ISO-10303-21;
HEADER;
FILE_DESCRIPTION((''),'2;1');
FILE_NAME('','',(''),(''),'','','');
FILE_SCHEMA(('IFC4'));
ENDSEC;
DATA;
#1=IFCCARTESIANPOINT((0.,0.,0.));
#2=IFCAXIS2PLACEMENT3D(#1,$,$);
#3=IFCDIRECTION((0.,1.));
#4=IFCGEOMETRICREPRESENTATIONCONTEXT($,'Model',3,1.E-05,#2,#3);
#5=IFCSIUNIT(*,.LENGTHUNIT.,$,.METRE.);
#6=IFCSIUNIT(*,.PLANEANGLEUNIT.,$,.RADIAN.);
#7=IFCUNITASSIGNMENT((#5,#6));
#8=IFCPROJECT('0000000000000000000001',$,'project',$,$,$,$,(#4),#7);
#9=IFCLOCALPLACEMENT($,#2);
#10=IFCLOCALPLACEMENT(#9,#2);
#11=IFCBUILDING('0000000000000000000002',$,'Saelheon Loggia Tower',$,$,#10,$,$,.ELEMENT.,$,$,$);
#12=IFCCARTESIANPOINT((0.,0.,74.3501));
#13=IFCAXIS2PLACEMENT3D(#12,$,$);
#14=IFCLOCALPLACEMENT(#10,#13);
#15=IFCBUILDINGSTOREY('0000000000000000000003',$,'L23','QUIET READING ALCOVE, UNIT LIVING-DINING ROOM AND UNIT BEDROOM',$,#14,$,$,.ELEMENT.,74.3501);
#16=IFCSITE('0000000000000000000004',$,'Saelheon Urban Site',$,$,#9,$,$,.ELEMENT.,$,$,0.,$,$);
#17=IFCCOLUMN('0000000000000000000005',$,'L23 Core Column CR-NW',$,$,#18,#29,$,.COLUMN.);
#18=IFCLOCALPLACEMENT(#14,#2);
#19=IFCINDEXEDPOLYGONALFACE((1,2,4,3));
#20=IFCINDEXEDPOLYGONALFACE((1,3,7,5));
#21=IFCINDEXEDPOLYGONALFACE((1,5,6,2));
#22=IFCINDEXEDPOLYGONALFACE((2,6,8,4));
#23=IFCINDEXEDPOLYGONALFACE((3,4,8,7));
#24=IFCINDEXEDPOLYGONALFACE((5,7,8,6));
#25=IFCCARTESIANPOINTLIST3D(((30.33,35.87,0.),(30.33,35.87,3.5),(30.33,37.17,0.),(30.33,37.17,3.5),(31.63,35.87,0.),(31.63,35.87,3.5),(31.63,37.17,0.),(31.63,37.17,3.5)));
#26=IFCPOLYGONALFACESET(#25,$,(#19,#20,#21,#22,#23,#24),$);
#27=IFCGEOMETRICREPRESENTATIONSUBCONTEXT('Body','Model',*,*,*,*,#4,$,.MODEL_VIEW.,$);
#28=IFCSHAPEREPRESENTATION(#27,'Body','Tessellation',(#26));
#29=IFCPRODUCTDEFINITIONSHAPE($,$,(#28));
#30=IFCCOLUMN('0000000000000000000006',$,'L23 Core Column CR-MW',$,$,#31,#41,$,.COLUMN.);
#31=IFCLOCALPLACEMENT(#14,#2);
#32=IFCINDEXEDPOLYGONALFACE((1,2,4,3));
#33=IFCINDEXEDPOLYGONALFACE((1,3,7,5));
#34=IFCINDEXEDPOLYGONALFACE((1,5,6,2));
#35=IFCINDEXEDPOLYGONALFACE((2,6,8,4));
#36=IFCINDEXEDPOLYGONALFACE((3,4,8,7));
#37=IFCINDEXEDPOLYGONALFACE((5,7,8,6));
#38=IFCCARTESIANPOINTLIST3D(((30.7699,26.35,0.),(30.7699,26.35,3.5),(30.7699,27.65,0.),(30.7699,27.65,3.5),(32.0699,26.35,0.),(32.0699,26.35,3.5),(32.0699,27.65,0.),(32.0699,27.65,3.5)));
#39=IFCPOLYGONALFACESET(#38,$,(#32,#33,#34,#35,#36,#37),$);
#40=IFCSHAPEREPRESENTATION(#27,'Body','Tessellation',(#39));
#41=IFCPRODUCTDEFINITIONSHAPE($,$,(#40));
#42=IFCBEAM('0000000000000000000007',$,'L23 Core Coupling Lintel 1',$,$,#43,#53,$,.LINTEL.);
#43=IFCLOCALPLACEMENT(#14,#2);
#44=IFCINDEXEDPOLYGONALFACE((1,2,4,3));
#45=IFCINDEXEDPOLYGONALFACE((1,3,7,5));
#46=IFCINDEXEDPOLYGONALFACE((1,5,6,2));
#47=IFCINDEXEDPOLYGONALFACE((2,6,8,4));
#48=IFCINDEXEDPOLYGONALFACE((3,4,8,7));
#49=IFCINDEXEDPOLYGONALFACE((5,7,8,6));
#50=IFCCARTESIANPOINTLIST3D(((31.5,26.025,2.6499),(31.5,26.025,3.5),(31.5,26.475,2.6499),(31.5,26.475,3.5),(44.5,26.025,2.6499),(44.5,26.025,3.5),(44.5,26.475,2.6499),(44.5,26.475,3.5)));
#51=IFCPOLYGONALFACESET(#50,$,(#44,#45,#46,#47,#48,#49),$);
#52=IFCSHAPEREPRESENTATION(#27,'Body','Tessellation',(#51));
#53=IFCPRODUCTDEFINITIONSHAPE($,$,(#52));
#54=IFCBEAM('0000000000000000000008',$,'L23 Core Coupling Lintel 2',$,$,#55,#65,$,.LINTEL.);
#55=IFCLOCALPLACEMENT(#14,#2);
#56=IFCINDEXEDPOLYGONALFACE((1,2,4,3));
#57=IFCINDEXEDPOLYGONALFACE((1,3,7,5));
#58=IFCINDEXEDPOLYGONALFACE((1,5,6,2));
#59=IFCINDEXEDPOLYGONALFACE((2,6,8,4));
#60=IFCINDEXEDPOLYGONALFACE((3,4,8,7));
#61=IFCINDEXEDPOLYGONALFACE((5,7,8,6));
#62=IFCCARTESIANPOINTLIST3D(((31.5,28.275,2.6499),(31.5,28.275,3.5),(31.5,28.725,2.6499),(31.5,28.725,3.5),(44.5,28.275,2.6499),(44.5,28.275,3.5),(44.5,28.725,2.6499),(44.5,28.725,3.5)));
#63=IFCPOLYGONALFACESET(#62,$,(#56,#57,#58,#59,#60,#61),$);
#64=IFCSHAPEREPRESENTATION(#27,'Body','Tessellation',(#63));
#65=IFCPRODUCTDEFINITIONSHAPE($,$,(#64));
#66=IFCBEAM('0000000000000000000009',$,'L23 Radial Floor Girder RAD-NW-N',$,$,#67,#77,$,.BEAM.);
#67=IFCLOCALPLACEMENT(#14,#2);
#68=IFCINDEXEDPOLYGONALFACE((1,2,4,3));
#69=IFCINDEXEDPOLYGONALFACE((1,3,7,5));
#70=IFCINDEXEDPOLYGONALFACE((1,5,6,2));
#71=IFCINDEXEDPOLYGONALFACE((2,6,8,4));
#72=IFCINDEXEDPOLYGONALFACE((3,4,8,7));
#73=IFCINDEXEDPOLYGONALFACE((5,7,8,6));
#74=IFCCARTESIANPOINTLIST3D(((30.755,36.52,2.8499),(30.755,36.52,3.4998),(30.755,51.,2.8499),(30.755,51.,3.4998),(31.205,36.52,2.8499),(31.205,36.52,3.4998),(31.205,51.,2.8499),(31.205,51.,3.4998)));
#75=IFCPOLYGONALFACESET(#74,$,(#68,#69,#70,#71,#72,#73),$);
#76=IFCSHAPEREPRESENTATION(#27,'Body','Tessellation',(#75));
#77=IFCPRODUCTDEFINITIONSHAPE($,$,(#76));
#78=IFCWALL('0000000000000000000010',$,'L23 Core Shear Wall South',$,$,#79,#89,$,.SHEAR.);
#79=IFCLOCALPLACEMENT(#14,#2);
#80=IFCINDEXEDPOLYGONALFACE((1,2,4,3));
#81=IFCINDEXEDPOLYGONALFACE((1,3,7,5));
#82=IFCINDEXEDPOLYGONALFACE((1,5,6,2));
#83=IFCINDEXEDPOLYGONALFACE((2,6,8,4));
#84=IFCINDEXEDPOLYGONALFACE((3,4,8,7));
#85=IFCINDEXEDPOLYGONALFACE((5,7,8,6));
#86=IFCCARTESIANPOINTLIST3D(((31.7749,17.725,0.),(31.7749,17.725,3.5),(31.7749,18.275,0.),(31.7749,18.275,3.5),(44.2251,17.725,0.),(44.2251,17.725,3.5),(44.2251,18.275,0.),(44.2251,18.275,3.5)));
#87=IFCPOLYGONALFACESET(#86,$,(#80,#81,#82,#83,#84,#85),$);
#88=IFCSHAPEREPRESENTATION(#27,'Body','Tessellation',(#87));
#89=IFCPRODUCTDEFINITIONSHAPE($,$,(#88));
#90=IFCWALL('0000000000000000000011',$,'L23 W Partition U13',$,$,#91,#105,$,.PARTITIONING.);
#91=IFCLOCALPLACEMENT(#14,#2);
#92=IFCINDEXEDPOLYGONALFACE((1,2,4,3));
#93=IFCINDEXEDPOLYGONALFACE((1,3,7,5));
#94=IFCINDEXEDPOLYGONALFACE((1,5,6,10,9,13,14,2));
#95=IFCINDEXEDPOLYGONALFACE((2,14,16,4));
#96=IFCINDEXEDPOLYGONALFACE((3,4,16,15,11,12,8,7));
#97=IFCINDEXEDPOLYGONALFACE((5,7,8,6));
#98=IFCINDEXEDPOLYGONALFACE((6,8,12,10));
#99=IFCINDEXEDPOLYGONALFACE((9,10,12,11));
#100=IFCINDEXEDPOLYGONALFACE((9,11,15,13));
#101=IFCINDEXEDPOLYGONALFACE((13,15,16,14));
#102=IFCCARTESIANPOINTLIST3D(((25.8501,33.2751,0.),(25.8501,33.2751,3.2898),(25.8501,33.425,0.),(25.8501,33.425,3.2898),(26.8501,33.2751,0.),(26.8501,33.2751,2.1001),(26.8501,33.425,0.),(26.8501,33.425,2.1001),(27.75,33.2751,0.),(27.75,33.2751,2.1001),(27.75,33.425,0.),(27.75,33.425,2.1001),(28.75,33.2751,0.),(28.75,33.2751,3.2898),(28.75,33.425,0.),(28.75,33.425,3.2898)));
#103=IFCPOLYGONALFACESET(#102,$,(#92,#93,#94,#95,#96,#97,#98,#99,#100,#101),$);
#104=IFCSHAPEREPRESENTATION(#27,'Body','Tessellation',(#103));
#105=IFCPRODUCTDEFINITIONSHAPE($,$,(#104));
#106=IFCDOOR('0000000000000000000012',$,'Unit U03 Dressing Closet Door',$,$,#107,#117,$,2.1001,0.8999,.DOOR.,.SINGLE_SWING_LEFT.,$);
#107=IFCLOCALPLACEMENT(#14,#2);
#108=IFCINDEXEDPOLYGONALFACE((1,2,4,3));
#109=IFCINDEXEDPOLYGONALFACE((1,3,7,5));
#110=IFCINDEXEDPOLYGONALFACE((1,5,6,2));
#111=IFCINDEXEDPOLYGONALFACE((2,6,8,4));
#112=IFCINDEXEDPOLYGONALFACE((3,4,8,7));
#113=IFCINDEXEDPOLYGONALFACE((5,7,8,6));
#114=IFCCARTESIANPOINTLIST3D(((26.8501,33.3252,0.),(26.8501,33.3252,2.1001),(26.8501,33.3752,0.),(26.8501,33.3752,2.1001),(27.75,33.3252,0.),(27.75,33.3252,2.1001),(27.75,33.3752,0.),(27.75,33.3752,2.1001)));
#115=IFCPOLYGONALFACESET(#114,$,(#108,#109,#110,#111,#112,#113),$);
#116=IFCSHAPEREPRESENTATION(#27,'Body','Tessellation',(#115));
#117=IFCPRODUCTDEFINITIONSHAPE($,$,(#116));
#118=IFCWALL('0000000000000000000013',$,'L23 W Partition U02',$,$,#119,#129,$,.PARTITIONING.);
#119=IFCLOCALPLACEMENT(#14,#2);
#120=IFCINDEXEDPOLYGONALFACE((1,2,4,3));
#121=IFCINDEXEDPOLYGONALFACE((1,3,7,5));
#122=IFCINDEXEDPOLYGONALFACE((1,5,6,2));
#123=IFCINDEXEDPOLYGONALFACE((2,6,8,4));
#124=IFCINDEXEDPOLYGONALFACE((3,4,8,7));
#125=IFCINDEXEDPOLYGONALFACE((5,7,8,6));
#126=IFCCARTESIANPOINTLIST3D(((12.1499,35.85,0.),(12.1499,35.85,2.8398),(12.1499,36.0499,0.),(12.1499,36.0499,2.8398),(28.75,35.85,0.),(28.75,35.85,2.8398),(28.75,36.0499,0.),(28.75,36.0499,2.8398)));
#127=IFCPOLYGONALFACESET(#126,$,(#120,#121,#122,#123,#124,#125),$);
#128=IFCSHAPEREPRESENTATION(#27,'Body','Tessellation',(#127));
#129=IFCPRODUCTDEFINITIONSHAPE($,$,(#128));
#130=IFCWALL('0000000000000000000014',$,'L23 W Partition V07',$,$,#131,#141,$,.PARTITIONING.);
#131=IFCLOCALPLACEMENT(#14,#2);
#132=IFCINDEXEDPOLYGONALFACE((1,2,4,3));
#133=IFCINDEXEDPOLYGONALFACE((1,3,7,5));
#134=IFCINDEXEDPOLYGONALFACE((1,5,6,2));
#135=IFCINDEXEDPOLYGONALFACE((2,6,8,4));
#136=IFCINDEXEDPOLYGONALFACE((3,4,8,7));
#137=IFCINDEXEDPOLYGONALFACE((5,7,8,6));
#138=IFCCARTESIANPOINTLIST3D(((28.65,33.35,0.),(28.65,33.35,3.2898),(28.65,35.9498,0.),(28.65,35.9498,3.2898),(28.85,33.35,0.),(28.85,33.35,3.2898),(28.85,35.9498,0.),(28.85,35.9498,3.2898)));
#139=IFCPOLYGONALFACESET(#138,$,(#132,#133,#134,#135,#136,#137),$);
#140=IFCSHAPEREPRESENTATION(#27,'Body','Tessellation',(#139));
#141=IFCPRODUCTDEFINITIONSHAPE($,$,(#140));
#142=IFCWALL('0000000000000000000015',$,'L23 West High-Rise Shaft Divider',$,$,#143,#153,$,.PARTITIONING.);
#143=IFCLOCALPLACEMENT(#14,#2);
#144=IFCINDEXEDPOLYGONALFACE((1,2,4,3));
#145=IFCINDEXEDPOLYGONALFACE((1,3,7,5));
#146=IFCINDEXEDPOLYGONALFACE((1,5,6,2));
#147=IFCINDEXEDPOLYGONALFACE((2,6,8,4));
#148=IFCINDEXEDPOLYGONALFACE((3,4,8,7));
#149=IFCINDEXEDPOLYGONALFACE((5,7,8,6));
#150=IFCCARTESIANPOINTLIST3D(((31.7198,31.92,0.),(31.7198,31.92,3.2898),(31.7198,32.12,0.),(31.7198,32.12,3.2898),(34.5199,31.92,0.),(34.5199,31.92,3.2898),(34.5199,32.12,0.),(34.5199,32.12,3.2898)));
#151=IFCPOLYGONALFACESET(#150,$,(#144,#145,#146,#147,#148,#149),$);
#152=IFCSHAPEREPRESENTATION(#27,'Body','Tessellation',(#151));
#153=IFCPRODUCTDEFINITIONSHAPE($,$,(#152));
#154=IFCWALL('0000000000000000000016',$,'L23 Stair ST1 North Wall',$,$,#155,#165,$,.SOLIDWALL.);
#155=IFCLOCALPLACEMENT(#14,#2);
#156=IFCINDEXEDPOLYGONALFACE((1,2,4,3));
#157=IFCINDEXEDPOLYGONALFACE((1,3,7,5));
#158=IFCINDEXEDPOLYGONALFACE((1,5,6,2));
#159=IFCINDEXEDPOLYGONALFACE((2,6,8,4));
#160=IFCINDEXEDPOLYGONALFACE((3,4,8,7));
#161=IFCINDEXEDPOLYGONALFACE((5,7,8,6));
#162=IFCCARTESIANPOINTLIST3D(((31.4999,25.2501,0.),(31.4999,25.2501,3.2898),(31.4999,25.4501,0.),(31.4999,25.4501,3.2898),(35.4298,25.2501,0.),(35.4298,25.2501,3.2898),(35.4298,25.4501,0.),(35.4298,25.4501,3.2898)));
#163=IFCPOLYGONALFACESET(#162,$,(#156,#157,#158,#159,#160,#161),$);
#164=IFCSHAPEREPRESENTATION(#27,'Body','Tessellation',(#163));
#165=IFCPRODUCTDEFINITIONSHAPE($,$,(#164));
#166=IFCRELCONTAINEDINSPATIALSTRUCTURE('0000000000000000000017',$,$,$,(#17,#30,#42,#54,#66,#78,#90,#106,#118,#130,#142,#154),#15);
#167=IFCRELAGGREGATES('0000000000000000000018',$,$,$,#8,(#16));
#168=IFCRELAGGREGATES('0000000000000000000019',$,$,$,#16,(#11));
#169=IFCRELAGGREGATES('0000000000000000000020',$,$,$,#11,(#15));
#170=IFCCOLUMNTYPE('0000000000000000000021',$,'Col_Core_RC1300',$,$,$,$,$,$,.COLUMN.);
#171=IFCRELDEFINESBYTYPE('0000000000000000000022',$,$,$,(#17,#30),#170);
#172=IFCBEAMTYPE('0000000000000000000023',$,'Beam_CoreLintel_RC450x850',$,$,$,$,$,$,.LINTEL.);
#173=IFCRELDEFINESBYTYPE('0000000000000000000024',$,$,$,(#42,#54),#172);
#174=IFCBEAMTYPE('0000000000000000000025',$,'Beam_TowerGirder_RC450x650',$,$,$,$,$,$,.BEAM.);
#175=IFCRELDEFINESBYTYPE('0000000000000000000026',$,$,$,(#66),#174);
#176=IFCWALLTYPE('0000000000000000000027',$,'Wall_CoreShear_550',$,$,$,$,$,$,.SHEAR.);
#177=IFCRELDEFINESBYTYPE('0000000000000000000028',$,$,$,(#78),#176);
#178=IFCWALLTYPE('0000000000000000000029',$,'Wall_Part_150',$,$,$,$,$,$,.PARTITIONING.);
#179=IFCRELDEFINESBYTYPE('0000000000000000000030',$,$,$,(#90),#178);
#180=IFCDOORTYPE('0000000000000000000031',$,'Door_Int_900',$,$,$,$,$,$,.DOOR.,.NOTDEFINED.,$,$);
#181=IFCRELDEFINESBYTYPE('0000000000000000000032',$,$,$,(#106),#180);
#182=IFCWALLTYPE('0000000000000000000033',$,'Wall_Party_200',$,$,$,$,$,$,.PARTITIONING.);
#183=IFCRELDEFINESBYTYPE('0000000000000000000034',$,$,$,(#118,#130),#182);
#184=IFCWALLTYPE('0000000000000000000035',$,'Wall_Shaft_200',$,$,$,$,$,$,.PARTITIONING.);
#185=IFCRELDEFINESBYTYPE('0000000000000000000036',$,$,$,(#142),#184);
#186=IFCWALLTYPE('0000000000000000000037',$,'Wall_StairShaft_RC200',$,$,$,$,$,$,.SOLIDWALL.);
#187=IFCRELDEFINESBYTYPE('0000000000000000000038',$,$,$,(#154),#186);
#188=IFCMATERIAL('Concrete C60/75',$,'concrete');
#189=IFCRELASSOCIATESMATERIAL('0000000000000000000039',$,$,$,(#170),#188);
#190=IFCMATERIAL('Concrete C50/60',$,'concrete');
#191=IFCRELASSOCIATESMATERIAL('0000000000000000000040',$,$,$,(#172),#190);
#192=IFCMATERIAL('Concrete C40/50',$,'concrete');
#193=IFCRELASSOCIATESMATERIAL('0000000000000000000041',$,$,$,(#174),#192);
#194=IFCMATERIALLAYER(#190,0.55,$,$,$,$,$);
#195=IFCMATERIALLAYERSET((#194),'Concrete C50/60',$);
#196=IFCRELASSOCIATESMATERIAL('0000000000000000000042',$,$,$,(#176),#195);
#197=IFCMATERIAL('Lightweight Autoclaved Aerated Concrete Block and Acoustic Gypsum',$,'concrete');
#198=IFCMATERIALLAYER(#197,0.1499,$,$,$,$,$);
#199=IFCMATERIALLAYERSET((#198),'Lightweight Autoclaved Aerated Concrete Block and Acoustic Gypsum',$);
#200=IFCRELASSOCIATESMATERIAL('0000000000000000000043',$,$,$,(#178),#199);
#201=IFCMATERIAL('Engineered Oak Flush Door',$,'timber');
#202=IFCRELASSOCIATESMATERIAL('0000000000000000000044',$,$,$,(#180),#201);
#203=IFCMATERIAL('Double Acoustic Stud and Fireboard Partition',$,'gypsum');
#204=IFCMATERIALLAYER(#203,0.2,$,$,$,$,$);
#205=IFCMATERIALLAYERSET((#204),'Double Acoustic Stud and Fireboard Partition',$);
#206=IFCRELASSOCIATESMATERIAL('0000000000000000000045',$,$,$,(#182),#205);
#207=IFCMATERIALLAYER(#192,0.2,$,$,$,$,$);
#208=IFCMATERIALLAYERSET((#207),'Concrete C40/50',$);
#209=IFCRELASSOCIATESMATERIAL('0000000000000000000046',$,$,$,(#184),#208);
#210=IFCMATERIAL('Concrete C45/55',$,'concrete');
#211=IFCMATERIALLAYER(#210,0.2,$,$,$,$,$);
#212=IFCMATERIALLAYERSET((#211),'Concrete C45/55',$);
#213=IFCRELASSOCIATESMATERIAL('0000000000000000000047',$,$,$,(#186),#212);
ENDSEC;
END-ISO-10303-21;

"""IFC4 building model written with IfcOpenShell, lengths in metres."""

from ifc_helpers import new_model, si_unit, direction, frame, frame_2d, origin, origin_2d, place, context, subcontext, project, spatial, rectangle, extrude, source, transform, mapped, material, layer, layer_set, material_profile, profile_set, type_object, element, fill, save


model = new_model("IFC4")

# Units and contexts
model_context = context("Model", 3, precision=1e-05, world=origin(), true_north=direction((0.0, 1.0)))
body_context = subcontext(model_context, "Body", "Model", "MODEL_VIEW")
ifc_project = project(units=[si_unit("LENGTHUNIT", "METRE"), si_unit("PLANEANGLEUNIT", "RADIAN")], contexts=[model_context])

# Site, building, storey
site_placement = place(None, origin())
site = spatial("IfcSite", under=ifc_project, at=site_placement, Name="Saelheon Urban Site", CompositionType="ELEMENT", RefElevation=0.0)
building_placement = place(site_placement, origin())
building = spatial("IfcBuilding", under=site, at=building_placement, Name="Saelheon Loggia Tower", CompositionType="ELEMENT")
storey_placement = place(building_placement, frame((0.0, 0.0, 74.3501)))
storey = spatial("IfcBuildingStorey", under=building, at=storey_placement, Name="L23", Description="QUIET READING ALCOVE, UNIT LIVING-DINING ROOM AND UNIT BEDROOM", CompositionType="ELEMENT", Elevation=74.3501)

# Columns
ifc_material_1 = material(Name="Concrete C60/75", Category="concrete")
ifc_material_profile_1 = material_profile(ifc_material_1, rectangle(XDim=1.3, YDim=1.3, at=origin_2d()), Name="RC-1300x1300")
ifc_profile_set_1 = profile_set([ifc_material_profile_1], Name="Concrete C60/75")
column_type = type_object("IfcColumnType", Name="Col_Core_RC1300", PredefinedType="COLUMN", material=ifc_profile_set_1)
shared_shape_1 = source(origin(), body_context, "Body", "SweptSolid", [
    extrude(rectangle(XDim=1.3, YDim=1.3, at=origin_2d()), origin(), (0.0, 0.0, 1.0), 3.5),
])
for number, where, z_axis, x_axis, name in (
    (1, (30.98, 36.52, 0.0), (0.0, 0.0, 1.0), (1.0, 0.0, 0.0), "L23 Core Column CR-NW"),
    (2, (31.4199, 27.0, 0.0), (0.0, 0.0, 1.0), (1.0, 0.0, 0.0), "L23 Core Column CR-MW"),
):
    element("IfcColumn", number, at=place(storey_placement, frame(where, z_axis=z_axis, x_axis=x_axis)), inside=storey, type_object=column_type, Name=name, PredefinedType="COLUMN", context=body_context, shape_type="MappedRepresentation", body=[
        mapped(shared_shape_1, transform((0.0, 0.0, 0.0), scale=1.0)),
    ])

# Beams
ifc_material_2 = material(Name="Concrete C50/60", Category="concrete")
ifc_material_profile_2 = material_profile(ifc_material_2, rectangle(XDim=0.45, YDim=0.8501, at=origin_2d()), Name="RC-450x850")
ifc_profile_set_2 = profile_set([ifc_material_profile_2], Name="Concrete C50/60")
beam_type_1 = type_object("IfcBeamType", Name="Beam_CoreLintel_RC450x850", PredefinedType="LINTEL", material=ifc_profile_set_2)
shared_shape_2 = source(origin(), body_context, "Body", "SweptSolid", [
    extrude(rectangle(XDim=0.45, YDim=0.8501, at=origin_2d()), origin(), (0.0, 0.0, 1.0), 13.0),
])
for number, where, z_axis, x_axis, name in (
    (3, (31.5, 26.25, 3.075), (1.0, 0.0, 0.0), (0.0, 1.0, 0.0), "L23 Core Coupling Lintel 1"),
    (4, (31.5, 28.5, 3.075), (1.0, 0.0, 0.0), (0.0, 1.0, 0.0), "L23 Core Coupling Lintel 2"),
):
    element("IfcBeam", number, at=place(storey_placement, frame(where, z_axis=z_axis, x_axis=x_axis)), inside=storey, type_object=beam_type_1, Name=name, PredefinedType="LINTEL", context=body_context, shape_type="MappedRepresentation", body=[
        mapped(shared_shape_2, transform((0.0, 0.0, 0.0), scale=1.0)),
    ])
ifc_material_3 = material(Name="Concrete C40/50", Category="concrete")
ifc_material_profile_3 = material_profile(ifc_material_3, rectangle(XDim=0.45, YDim=0.6499, at=origin_2d()), Name="RC-450x650")
ifc_profile_set_3 = profile_set([ifc_material_profile_3], Name="Concrete C40/50")
beam_type_2 = type_object("IfcBeamType", Name="Beam_TowerGirder_RC450x650", PredefinedType="BEAM", material=ifc_profile_set_3)
shared_shape_3 = source(origin(), body_context, "Body", "SweptSolid", [
    extrude(rectangle(XDim=0.45, YDim=0.6499, at=origin_2d()), origin(), (0.0, 0.0, 1.0), 14.48),
])
beam_placement = place(storey_placement, frame((30.98, 36.52, 3.1748), z_axis=(0.0, 1.0, 0.0), x_axis=(-1.0, 0.0, 0.0)))
element("IfcBeam", 5, at=beam_placement, inside=storey, type_object=beam_type_2, Name="L23 Radial Floor Girder RAD-NW-N", PredefinedType="BEAM", context=body_context, shape_type="MappedRepresentation", body=[
    mapped(shared_shape_3, transform((0.0, 0.0, 0.0), scale=1.0)),
])

# Wall
ifc_layer_1 = layer(ifc_material_2, 0.55)
ifc_layer_set_1 = layer_set([ifc_layer_1], Name="Concrete C50/60")
wall_type_1 = type_object("IfcWallType", Name="Wall_CoreShear_550", PredefinedType="SHEAR", material=ifc_layer_set_1)
wall_1_placement = place(storey_placement, frame((31.7749, 18.0, 0.0), z_axis=(0.0, 0.0, 1.0), x_axis=(1.0, 0.0, 0.0)))
element("IfcWall", 6, at=wall_1_placement, inside=storey, type_object=wall_type_1, Name="L23 Core Shear Wall South", PredefinedType="SHEAR", context=body_context, shape_type="SweptSolid", body=[
    extrude(rectangle(XDim=12.4502, YDim=0.55, at=frame_2d((6.2251, 0.0))), origin(), (0.0, 0.0, 1.0), 3.5),
])

# Wall, opening, door
ifc_material_4 = material(Name="Lightweight Autoclaved Aerated Concrete Block and Acoustic Gypsum", Category="concrete")
ifc_layer_2 = layer(ifc_material_4, 0.1499)
ifc_layer_set_2 = layer_set([ifc_layer_2], Name="Lightweight Autoclaved Aerated Concrete Block and Acoustic Gypsum")
wall_type_2 = type_object("IfcWallType", Name="Wall_Part_150", PredefinedType="PARTITIONING", material=ifc_layer_set_2)
wall_2_placement = place(storey_placement, frame((28.75, 33.3501, 0.0), z_axis=(0.0, 0.0, 1.0), x_axis=(-1.0, 0.0, 0.0)))
wall_2 = element("IfcWall", 7, at=wall_2_placement, inside=storey, type_object=wall_type_2, Name="L23 W Partition U13", PredefinedType="PARTITIONING", context=body_context, shape_type="SweptSolid", body=[
    extrude(rectangle(XDim=2.8999, YDim=0.1499, at=frame_2d((1.45, 0.0))), origin(), (0.0, 0.0, 1.0), 3.2898),
])
opening_1_placement = place(wall_2_placement, frame((1.0, 0.0, 0.0)))
opening_1 = element("IfcOpeningElement", 8, at=opening_1_placement, cuts=wall_2, PredefinedType="OPENING", context=body_context, shape_type="SweptSolid", body=[
    extrude(rectangle(XDim=0.8999, YDim=2.1001, at=frame_2d((0.45, 1.05))), frame((0.0, 0.0869, 0.0), z_axis=(0.0, -1.0, 0.0), x_axis=(1.0, 0.0, 0.0)), (0.0, 0.0, 1.0), 0.1738),
])
ifc_material_5 = material(Name="Engineered Oak Flush Door", Category="timber")
door_type_1 = type_object("IfcDoorType", Name="Door_Int_900", OperationType="NOTDEFINED", PredefinedType="DOOR", material=ifc_material_5)
shared_shape_4 = source(origin(), body_context, "Body", "SweptSolid", [
    extrude(rectangle(XDim=0.8999, YDim=2.1001, at=frame_2d((0.45, 1.05))), frame((0.0, 0.0249, 0.0), z_axis=(0.0, -1.0, 0.0), x_axis=(1.0, 0.0, 0.0)), (0.0, 0.0, 1.0), 0.05),
])
door_1_placement = place(opening_1_placement, origin())
door_1 = element("IfcDoor", 9, at=door_1_placement, inside=storey, type_object=door_type_1, Name="Unit U03 Dressing Closet Door", OperationType="SINGLE_SWING_LEFT", OverallHeight=2.1001, OverallWidth=0.8999, PredefinedType="DOOR", context=body_context, shape_type="MappedRepresentation", body=[
    mapped(shared_shape_4, transform((0.0, 0.0, 0.0), scale=1.0)),
])
fill(opening_1, door_1)

# Walls
ifc_material_6 = material(Name="Double Acoustic Stud and Fireboard Partition", Category="gypsum")
ifc_layer_3 = layer(ifc_material_6, 0.2)
ifc_layer_set_3 = layer_set([ifc_layer_3], Name="Double Acoustic Stud and Fireboard Partition")
wall_type_3 = type_object("IfcWallType", Name="Wall_Party_200", PredefinedType="PARTITIONING", material=ifc_layer_set_3)
wall_3_placement = place(storey_placement, frame((28.75, 35.95, 0.0), z_axis=(0.0, 0.0, 1.0), x_axis=(-1.0, 0.0, 0.0)))
element("IfcWall", 10, at=wall_3_placement, inside=storey, type_object=wall_type_3, Name="L23 W Partition U02", PredefinedType="PARTITIONING", context=body_context, shape_type="SweptSolid", body=[
    extrude(rectangle(XDim=16.6001, YDim=0.2, at=frame_2d((8.3, 0.0))), origin(), (0.0, 0.0, 1.0), 2.8398),
])
wall_4_placement = place(storey_placement, frame((28.75, 33.3501, 0.0), z_axis=(0.0, 0.0, 1.0), x_axis=(0.0, 1.0, 0.0)))
element("IfcWall", 11, at=wall_4_placement, inside=storey, type_object=wall_type_3, Name="L23 W Partition V07", PredefinedType="PARTITIONING", context=body_context, shape_type="SweptSolid", body=[
    extrude(rectangle(XDim=2.5999, YDim=0.2, at=frame_2d((1.2998, 0.0))), origin(), (0.0, 0.0, 1.0), 3.2898),
])
ifc_layer_4 = layer(ifc_material_3, 0.2)
ifc_layer_set_4 = layer_set([ifc_layer_4], Name="Concrete C40/50")
wall_type_4 = type_object("IfcWallType", Name="Wall_Shaft_200", PredefinedType="PARTITIONING", material=ifc_layer_set_4)
wall_5_placement = place(storey_placement, frame((31.72, 32.02, 0.0), z_axis=(0.0, 0.0, 1.0), x_axis=(1.0, 0.0, 0.0)))
element("IfcWall", 12, at=wall_5_placement, inside=storey, type_object=wall_type_4, Name="L23 West High-Rise Shaft Divider", PredefinedType="PARTITIONING", context=body_context, shape_type="SweptSolid", body=[
    extrude(rectangle(XDim=2.8, YDim=0.2, at=frame_2d((1.3999, 0.0))), origin(), (0.0, 0.0, 1.0), 3.2898),
])
ifc_material_7 = material(Name="Concrete C45/55", Category="concrete")
ifc_layer_5 = layer(ifc_material_7, 0.2)
ifc_layer_set_5 = layer_set([ifc_layer_5], Name="Concrete C45/55")
wall_type_5 = type_object("IfcWallType", Name="Wall_StairShaft_RC200", PredefinedType="SOLIDWALL", material=ifc_layer_set_5)
wall_6_placement = place(storey_placement, frame((31.5, 25.3501, 0.0), z_axis=(0.0, 0.0, 1.0), x_axis=(1.0, 0.0, 0.0)))
element("IfcWall", 13, at=wall_6_placement, inside=storey, type_object=wall_type_5, Name="L23 Stair ST1 North Wall", PredefinedType="SOLIDWALL", context=body_context, shape_type="SweptSolid", body=[
    extrude(rectangle(XDim=3.9299, YDim=0.2, at=frame_2d((1.9648, 0.0))), origin(), (0.0, 0.0, 1.0), 3.2898),
])

save(model, "model.ifc")
